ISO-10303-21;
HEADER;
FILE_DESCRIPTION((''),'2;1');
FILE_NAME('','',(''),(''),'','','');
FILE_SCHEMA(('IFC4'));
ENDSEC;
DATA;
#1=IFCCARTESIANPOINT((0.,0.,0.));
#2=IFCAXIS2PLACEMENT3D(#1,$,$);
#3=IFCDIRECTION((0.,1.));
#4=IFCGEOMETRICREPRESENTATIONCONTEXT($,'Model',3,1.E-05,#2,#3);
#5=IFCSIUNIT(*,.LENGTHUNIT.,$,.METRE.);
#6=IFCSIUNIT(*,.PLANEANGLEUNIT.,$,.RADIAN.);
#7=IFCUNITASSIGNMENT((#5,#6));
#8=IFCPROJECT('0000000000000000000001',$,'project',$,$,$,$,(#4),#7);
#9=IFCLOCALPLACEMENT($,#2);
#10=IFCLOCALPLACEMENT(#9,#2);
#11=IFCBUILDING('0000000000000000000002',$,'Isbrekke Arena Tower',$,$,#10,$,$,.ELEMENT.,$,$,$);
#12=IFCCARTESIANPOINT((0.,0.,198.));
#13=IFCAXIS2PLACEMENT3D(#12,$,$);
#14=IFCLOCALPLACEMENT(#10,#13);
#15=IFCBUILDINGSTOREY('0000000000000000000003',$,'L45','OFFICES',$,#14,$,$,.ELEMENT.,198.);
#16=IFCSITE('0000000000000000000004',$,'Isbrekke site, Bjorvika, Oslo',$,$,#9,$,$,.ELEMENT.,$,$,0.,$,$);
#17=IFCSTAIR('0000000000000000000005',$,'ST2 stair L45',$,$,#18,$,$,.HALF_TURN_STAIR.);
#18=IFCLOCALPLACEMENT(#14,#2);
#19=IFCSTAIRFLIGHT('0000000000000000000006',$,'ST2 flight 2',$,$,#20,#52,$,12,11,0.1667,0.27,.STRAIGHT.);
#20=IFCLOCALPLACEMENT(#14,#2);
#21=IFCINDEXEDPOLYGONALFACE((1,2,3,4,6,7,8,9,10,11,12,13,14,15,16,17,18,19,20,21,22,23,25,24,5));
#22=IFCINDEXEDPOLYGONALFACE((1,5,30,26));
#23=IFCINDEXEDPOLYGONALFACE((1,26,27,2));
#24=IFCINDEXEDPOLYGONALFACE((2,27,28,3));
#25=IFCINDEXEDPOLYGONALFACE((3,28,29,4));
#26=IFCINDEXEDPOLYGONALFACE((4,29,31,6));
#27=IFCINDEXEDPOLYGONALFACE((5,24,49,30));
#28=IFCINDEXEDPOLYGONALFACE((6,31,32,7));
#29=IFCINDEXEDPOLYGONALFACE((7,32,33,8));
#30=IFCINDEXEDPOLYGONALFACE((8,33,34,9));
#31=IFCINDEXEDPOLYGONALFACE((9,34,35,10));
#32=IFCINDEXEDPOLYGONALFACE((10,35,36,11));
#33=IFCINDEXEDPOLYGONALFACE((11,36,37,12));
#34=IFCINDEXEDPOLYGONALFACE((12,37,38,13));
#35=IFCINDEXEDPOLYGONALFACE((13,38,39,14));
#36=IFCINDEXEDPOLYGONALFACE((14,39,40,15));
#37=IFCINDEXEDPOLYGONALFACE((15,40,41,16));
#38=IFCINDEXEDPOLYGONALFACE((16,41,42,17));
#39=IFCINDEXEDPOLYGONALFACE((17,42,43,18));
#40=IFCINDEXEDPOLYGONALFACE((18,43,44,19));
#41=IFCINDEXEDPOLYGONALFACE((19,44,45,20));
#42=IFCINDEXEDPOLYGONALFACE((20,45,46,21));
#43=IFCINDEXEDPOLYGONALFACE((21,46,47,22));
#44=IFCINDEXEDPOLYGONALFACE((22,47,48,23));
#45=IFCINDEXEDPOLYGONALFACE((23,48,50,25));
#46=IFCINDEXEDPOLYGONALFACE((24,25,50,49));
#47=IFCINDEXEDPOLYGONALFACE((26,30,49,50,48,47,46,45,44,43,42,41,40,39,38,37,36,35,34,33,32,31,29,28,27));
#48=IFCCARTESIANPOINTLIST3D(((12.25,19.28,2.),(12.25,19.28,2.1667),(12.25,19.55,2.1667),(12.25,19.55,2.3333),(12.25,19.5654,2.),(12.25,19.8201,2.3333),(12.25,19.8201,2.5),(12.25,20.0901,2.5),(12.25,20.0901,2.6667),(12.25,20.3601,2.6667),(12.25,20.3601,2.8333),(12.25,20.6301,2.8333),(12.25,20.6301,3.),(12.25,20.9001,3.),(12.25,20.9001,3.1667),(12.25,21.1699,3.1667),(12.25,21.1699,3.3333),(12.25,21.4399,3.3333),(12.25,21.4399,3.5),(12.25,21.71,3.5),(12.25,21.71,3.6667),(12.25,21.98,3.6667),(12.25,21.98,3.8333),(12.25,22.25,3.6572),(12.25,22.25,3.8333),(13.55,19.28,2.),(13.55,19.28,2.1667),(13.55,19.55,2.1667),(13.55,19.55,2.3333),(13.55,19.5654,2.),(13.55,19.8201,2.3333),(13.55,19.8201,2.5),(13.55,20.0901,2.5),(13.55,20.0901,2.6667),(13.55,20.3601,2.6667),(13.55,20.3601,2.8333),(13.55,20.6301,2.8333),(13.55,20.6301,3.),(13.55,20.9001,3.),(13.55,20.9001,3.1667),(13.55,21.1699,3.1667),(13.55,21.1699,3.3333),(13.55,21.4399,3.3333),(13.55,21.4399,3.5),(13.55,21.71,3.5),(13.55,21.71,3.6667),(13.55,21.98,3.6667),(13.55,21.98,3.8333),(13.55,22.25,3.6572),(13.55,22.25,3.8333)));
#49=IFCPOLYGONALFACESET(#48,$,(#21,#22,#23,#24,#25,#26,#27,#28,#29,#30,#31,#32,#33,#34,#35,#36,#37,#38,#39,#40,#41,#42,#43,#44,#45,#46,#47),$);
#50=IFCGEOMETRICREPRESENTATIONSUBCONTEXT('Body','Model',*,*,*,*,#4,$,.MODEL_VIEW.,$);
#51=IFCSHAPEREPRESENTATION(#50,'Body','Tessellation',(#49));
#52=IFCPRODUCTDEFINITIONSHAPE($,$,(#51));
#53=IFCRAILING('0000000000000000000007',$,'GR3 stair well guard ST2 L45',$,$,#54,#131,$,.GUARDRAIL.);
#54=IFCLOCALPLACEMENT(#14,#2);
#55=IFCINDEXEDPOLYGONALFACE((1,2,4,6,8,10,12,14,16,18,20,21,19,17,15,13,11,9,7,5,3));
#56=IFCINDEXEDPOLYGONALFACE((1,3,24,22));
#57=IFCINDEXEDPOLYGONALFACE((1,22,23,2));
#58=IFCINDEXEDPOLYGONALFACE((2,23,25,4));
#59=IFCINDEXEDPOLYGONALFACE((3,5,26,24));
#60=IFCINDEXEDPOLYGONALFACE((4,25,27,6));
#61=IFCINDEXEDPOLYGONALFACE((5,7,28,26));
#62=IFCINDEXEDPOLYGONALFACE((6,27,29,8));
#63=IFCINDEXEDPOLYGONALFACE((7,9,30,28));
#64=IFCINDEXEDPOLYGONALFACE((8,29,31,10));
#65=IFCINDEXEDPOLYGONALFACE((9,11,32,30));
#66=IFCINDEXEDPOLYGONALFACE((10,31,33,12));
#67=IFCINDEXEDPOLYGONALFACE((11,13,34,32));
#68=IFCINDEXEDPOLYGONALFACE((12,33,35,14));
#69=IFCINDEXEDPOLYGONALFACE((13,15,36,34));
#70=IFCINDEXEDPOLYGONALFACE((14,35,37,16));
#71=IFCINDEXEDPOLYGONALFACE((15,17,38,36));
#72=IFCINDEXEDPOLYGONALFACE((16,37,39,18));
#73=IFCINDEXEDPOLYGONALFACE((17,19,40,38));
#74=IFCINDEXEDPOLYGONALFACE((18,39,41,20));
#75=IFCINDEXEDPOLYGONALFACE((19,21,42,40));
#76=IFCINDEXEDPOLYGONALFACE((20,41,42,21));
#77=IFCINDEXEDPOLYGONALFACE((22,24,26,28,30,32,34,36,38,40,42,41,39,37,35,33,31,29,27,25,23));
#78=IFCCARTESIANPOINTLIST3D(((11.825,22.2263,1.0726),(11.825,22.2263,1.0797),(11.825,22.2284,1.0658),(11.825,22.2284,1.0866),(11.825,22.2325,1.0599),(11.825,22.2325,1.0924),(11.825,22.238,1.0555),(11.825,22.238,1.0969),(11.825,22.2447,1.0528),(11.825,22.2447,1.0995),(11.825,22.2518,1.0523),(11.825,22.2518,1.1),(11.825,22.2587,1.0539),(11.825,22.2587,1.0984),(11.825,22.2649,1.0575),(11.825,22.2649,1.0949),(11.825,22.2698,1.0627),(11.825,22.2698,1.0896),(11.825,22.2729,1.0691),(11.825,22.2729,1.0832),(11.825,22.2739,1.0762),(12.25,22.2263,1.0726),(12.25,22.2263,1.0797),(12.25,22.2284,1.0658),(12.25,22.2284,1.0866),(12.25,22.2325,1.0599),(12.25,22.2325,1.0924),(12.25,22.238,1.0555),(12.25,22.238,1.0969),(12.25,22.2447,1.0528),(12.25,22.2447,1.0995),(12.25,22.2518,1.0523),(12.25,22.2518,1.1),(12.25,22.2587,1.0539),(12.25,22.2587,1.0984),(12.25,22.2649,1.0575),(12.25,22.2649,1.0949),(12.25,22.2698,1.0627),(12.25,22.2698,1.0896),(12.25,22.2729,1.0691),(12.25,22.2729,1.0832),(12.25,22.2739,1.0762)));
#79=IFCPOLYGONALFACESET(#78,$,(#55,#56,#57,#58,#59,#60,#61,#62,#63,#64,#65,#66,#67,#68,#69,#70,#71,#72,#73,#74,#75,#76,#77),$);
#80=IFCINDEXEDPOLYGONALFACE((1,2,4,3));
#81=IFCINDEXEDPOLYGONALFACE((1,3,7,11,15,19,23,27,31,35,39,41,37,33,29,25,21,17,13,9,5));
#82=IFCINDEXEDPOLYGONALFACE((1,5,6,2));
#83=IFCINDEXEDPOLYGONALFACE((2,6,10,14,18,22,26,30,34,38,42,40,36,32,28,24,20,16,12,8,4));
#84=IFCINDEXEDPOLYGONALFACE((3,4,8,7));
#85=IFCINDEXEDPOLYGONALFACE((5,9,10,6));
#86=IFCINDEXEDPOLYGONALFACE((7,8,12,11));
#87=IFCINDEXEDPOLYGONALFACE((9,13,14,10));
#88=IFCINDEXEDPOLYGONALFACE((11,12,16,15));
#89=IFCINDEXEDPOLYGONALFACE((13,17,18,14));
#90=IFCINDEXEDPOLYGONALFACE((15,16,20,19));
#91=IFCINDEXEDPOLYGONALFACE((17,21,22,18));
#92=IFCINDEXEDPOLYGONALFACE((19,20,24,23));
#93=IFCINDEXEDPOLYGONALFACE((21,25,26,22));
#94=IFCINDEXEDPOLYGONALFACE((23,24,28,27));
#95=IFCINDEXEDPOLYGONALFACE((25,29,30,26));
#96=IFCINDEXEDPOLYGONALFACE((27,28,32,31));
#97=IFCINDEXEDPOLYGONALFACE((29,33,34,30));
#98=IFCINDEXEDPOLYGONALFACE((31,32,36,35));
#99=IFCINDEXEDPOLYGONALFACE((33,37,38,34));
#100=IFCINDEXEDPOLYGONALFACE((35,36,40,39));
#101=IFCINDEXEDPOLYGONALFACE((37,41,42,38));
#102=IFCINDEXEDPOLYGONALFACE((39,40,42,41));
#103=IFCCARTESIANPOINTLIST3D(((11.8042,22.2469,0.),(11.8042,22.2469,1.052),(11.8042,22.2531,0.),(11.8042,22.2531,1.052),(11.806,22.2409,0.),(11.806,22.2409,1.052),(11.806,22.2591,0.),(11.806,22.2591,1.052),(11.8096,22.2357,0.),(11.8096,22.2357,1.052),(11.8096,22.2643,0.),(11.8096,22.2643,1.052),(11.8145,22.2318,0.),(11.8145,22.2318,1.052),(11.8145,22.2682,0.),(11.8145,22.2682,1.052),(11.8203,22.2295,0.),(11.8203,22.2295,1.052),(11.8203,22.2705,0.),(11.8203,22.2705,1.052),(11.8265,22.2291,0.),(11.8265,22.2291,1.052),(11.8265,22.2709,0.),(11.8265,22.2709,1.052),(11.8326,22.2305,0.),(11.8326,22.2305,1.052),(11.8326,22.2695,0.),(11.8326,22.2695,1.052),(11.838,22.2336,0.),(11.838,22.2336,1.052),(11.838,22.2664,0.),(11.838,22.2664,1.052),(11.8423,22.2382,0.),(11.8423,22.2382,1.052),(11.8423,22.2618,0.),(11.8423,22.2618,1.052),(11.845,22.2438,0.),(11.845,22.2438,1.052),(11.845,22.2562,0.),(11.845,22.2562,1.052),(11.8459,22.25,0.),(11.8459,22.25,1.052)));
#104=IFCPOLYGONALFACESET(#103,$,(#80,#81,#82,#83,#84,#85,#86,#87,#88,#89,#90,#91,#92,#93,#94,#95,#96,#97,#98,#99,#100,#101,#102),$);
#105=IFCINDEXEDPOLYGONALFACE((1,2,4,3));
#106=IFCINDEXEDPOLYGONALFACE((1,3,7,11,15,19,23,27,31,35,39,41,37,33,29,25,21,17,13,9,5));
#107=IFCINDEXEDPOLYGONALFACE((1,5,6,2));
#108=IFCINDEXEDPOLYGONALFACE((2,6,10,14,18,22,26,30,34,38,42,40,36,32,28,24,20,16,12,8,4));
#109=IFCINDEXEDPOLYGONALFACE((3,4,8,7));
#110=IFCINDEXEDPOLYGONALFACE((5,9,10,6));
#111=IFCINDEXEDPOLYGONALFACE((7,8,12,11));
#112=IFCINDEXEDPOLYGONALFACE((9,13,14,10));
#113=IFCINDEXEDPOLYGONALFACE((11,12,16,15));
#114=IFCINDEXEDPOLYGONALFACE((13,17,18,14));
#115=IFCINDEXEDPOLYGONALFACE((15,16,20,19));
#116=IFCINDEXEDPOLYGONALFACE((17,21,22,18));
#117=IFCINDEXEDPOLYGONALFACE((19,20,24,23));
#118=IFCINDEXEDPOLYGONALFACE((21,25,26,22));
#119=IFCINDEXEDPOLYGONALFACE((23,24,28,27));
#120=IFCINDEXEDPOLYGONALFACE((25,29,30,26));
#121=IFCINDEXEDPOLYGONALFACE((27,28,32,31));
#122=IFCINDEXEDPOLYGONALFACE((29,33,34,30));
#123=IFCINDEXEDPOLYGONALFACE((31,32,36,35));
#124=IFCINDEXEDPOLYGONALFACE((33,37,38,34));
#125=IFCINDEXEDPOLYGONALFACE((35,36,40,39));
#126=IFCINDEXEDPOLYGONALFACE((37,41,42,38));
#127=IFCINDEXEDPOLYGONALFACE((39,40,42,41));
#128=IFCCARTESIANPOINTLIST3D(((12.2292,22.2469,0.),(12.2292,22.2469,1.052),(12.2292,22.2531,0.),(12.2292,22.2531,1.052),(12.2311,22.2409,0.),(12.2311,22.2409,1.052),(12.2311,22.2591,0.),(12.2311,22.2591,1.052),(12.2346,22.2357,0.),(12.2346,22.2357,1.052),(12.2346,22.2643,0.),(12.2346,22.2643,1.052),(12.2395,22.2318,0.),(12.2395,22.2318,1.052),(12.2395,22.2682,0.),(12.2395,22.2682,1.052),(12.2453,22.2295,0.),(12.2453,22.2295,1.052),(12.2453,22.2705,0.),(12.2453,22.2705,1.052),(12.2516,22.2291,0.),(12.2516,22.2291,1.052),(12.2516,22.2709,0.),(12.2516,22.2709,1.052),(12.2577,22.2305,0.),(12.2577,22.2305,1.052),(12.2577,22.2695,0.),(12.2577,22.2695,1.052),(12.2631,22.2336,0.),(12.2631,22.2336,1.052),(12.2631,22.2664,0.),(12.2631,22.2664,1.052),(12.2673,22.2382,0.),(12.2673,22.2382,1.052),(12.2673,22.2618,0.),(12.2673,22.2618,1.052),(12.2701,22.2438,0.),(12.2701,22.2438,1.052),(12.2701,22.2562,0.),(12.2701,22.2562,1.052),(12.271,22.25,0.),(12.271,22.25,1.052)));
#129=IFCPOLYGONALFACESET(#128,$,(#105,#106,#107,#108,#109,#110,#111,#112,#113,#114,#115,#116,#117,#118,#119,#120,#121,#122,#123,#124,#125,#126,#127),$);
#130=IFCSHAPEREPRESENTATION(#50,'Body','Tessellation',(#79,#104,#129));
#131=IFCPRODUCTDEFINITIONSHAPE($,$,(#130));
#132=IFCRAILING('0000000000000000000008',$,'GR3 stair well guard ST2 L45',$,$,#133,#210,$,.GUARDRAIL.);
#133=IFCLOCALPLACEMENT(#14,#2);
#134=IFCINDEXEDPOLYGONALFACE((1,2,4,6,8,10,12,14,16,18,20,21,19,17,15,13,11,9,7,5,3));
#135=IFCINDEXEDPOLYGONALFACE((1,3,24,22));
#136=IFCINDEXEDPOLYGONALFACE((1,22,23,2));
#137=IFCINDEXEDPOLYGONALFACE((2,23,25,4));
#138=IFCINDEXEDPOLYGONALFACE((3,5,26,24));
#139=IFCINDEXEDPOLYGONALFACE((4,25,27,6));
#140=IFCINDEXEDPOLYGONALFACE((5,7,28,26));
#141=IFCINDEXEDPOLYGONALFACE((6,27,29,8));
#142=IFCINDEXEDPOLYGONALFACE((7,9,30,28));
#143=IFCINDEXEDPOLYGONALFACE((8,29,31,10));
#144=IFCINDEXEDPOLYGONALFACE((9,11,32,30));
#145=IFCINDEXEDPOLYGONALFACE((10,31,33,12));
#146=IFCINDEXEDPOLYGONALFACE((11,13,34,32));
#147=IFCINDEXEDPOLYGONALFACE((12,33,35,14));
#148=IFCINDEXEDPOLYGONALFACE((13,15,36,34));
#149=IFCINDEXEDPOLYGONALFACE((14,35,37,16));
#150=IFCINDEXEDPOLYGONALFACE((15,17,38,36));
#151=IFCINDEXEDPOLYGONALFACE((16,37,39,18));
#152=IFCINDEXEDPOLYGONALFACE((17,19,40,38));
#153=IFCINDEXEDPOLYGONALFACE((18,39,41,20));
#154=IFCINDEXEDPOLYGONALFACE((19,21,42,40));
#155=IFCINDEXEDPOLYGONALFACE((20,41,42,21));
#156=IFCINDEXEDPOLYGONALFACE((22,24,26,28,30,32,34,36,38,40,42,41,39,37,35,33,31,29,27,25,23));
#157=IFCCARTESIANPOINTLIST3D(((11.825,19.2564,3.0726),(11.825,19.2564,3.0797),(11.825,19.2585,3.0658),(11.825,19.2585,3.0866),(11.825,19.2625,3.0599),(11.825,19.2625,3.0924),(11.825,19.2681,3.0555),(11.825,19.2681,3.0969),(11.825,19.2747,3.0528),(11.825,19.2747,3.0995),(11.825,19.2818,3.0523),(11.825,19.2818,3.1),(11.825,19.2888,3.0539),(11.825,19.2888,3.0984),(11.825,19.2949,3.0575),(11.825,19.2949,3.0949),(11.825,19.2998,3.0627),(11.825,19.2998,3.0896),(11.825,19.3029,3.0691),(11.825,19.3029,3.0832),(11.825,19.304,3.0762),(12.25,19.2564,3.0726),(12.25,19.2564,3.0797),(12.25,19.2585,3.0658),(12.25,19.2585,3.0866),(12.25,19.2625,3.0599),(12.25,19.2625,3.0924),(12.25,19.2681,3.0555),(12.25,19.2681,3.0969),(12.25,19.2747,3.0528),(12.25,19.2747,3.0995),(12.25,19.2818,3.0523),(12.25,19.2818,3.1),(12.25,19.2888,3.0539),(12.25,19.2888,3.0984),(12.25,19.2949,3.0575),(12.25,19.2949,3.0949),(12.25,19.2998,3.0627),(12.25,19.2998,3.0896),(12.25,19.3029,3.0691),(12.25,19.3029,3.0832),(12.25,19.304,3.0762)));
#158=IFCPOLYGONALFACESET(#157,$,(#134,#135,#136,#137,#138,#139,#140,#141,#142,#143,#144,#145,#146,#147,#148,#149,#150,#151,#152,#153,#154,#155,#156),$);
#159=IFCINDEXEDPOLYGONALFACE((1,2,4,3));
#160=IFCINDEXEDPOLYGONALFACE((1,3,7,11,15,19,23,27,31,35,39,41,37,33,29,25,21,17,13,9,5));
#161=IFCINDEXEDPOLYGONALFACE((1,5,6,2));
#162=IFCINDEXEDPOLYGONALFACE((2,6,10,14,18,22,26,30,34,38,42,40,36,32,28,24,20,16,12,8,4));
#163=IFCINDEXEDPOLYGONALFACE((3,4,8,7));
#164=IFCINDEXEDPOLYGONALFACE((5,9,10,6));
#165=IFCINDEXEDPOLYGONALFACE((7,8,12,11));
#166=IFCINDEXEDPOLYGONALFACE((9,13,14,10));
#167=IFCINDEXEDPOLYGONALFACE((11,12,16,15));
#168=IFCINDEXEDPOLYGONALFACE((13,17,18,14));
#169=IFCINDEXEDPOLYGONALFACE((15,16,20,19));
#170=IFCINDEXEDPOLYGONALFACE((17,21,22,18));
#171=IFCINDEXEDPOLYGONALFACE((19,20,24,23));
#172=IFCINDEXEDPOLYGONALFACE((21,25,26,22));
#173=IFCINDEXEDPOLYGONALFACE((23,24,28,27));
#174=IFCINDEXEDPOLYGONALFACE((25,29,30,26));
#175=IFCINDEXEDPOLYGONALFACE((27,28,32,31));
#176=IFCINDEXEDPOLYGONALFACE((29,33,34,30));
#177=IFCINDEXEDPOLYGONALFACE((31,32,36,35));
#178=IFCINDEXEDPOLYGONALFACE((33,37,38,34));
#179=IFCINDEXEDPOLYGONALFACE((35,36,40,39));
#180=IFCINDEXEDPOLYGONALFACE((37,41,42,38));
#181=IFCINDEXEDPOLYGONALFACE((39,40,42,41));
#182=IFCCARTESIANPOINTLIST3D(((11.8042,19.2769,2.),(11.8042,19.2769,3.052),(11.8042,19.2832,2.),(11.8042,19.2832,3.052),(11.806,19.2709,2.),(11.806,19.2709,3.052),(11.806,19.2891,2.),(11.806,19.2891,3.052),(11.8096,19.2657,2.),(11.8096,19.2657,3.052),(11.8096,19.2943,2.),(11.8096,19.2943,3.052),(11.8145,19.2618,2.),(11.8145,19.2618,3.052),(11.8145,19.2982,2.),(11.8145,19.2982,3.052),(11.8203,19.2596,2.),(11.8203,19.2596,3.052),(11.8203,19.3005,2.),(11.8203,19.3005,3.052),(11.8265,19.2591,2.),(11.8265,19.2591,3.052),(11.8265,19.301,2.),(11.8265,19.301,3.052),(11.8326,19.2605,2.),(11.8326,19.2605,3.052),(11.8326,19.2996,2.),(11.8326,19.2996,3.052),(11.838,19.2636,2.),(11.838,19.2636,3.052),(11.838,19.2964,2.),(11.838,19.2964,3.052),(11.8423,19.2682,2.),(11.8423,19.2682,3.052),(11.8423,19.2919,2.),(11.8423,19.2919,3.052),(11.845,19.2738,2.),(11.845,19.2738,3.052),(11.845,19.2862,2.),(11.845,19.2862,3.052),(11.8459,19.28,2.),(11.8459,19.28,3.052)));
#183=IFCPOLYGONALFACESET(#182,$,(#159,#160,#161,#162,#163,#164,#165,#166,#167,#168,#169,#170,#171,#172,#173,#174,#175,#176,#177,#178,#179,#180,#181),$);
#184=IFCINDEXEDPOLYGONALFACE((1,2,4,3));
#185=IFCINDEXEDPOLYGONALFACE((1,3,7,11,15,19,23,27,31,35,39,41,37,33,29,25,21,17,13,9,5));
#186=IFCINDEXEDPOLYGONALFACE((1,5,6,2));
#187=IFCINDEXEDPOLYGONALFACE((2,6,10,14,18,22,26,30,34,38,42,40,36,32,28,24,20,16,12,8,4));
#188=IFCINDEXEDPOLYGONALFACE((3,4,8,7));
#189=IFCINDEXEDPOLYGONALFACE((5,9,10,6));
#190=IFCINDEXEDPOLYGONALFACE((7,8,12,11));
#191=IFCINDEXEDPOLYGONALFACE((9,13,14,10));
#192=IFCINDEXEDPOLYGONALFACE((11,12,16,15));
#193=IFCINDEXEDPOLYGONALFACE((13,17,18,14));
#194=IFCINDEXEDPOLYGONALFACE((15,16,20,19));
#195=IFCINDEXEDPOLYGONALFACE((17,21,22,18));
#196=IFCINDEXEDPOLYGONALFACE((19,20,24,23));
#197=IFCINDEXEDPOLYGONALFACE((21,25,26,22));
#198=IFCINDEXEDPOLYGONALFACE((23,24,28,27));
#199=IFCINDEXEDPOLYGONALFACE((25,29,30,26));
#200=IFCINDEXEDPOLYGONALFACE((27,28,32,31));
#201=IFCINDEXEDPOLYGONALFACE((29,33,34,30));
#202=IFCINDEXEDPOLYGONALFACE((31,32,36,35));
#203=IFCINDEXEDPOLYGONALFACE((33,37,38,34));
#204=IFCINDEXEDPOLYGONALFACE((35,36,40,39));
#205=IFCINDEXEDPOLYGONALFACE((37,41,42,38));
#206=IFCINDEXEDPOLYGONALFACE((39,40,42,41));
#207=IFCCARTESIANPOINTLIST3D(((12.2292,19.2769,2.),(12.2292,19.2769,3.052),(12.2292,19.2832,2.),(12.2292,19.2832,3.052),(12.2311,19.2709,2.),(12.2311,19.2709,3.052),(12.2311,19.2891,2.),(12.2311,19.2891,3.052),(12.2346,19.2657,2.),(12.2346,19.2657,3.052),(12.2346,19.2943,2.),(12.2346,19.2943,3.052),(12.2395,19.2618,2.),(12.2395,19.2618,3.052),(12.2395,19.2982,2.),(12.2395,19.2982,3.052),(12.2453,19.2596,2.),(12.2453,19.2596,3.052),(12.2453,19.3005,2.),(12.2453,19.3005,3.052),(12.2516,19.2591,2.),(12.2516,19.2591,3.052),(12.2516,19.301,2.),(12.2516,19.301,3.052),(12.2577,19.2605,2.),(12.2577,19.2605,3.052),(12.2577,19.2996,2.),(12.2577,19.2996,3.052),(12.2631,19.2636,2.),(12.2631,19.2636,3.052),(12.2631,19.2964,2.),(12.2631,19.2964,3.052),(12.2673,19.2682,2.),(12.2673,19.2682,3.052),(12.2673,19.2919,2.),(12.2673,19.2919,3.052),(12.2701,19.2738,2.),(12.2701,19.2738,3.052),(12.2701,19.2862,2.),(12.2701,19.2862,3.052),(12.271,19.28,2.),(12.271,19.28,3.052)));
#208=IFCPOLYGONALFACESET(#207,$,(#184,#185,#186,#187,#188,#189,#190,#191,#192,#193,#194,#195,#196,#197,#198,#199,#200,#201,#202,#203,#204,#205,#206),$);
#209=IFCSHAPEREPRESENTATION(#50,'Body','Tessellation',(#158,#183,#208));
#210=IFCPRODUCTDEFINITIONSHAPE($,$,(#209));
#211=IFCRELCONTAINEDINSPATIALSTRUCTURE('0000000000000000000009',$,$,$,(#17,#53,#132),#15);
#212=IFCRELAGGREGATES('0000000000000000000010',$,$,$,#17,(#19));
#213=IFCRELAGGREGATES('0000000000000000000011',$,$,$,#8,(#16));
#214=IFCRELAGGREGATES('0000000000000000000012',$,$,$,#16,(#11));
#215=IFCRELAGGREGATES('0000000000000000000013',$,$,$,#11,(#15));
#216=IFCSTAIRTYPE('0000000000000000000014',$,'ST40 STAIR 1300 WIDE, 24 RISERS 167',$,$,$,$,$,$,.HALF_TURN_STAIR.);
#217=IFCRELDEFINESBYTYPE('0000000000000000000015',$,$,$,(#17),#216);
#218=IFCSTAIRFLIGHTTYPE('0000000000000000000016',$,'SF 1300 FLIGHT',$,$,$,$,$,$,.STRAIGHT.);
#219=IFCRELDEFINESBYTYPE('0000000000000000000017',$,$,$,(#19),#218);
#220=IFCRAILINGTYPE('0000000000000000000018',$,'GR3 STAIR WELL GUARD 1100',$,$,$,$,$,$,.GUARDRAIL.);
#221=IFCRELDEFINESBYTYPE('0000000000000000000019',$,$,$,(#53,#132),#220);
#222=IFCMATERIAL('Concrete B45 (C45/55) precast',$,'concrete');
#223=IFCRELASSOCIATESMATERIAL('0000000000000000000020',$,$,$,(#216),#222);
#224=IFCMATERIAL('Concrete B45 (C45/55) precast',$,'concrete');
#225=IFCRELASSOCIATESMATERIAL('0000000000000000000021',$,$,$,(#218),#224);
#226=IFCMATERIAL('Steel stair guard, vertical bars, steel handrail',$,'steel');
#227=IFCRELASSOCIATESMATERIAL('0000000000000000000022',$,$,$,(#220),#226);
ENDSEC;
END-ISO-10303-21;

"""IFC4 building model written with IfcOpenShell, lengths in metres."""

from ifc_helpers import new_model, si_unit, direction, frame, origin, origin_2d, place, context, subcontext, project, spatial, polyline, circle, outline, extrude, material, type_object, element, aggregate, save


model = new_model("IFC4")

# Units and contexts
model_context = context("Model", 3, precision=1e-05, world=origin(), true_north=direction((0.0, 1.0)))
body_context = subcontext(model_context, "Body", "Model", "MODEL_VIEW")
ifc_project = project(units=[si_unit("LENGTHUNIT", "METRE"), si_unit("PLANEANGLEUNIT", "RADIAN")], contexts=[model_context])

# Site, building, storey
site_placement = place(None, origin())
site = spatial("IfcSite", under=ifc_project, at=site_placement, Name="Isbrekke site, Bjorvika, Oslo", CompositionType="ELEMENT", RefElevation=0.0)
building_placement = place(site_placement, origin())
building = spatial("IfcBuilding", under=site, at=building_placement, Name="Isbrekke Arena Tower", CompositionType="ELEMENT")
storey_placement = place(building_placement, frame((0.0, 0.0, 198.0)))
storey = spatial("IfcBuildingStorey", under=building, at=storey_placement, Name="L45", Description="OFFICES", CompositionType="ELEMENT", Elevation=198.0)

# Stair, stair flight
ifc_material_1 = material(Name="Concrete B45 (C45/55) precast", Category="concrete")
stair_type = type_object("IfcStairType", Name="ST40 STAIR 1300 WIDE, 24 RISERS 167", PredefinedType="HALF_TURN_STAIR", material=ifc_material_1)
stair_placement = place(storey_placement, origin())
stair = element("IfcStair", 1, at=stair_placement, inside=storey, type_object=stair_type, Name="ST2 stair L45", PredefinedType="HALF_TURN_STAIR")
ifc_material_2 = material(Name="Concrete B45 (C45/55) precast", Category="concrete")
stair_flight_type = type_object("IfcStairFlightType", Name="SF 1300 FLIGHT", PredefinedType="STRAIGHT", material=ifc_material_2)
stair_flight_1_placement = place(storey_placement, frame((12.8999, 19.28, 2.0), z_axis=(0.0, 0.0, 1.0), x_axis=(0.0, 1.0, 0.0)))
stair_flight_1 = element("IfcStairFlight", 2, at=stair_flight_1_placement, type_object=stair_flight_type, Name="ST2 flight 2", NumberOfRisers=12, NumberOfTreads=11, PredefinedType="STRAIGHT", RiserHeight=0.1667, TreadLength=0.27, context=body_context, shape_type="SweptSolid", body=[
    extrude(outline(polyline([(0.0, 0.0), (0.0, 0.1667), (0.27, 0.1667), (0.27, 0.3333), (0.54, 0.3333), (0.54, 0.5), (0.8101, 0.5), (0.8101, 0.6667), (1.0801, 0.6667), (1.0801, 0.8333), (1.3501, 0.8333), (1.3501, 1.0), (1.6201, 1.0), (1.6201, 1.1667), (1.8899, 1.1667), (1.8899, 1.3333), (2.1599, 1.3333), (2.1599, 1.5), (2.4299, 1.5), (2.4299, 1.6667), (2.7, 1.6667), (2.7, 1.8333), (2.97, 1.8333), (2.97, 2.0), (2.97, 1.6572), (0.2854, 0.0), (0.0, 0.0)])), frame((0.0, 0.6499, 0.0), z_axis=(0.0, -1.0, 0.0), x_axis=(1.0, 0.0, 0.0)), (0.0, 0.0, 1.0), 1.3),
])
aggregate(stair, [stair_flight_1])

# Railings
ifc_material_3 = material(Name="Steel stair guard, vertical bars, steel handrail", Category="steel")
railing_type = type_object("IfcRailingType", Name="GR3 STAIR WELL GUARD 1100", PredefinedType="GUARDRAIL", material=ifc_material_3)
for number, where, name in (
    (3, (11.825, 22.25, 0.0), "GR3 stair well guard ST2 L45"),
    (4, (11.825, 19.28, 2.0), "GR3 stair well guard ST2 L45"),
):
    element("IfcRailing", number, at=place(storey_placement, frame(where)), inside=storey, type_object=railing_type, Name=name, PredefinedType="GUARDRAIL", context=body_context, shape_type="SweptSolid", body=[
        extrude(circle(Radius=0.0239, at=origin_2d()), frame((0.0, 0.0, 1.0762), z_axis=(1.0, 0.0, 0.0), x_axis=(0.0, 1.0, 0.0)), (0.0, 0.0, 1.0), 0.425),
        extrude(circle(Radius=0.021, at=origin_2d()), origin(), (0.0, 0.0, 1.0), 1.052),
        extrude(circle(Radius=0.021, at=origin_2d()), frame((0.425, 0.0, 0.0)), (0.0, 0.0, 1.0), 1.052),
    ])

save(model, "model.ifc")
